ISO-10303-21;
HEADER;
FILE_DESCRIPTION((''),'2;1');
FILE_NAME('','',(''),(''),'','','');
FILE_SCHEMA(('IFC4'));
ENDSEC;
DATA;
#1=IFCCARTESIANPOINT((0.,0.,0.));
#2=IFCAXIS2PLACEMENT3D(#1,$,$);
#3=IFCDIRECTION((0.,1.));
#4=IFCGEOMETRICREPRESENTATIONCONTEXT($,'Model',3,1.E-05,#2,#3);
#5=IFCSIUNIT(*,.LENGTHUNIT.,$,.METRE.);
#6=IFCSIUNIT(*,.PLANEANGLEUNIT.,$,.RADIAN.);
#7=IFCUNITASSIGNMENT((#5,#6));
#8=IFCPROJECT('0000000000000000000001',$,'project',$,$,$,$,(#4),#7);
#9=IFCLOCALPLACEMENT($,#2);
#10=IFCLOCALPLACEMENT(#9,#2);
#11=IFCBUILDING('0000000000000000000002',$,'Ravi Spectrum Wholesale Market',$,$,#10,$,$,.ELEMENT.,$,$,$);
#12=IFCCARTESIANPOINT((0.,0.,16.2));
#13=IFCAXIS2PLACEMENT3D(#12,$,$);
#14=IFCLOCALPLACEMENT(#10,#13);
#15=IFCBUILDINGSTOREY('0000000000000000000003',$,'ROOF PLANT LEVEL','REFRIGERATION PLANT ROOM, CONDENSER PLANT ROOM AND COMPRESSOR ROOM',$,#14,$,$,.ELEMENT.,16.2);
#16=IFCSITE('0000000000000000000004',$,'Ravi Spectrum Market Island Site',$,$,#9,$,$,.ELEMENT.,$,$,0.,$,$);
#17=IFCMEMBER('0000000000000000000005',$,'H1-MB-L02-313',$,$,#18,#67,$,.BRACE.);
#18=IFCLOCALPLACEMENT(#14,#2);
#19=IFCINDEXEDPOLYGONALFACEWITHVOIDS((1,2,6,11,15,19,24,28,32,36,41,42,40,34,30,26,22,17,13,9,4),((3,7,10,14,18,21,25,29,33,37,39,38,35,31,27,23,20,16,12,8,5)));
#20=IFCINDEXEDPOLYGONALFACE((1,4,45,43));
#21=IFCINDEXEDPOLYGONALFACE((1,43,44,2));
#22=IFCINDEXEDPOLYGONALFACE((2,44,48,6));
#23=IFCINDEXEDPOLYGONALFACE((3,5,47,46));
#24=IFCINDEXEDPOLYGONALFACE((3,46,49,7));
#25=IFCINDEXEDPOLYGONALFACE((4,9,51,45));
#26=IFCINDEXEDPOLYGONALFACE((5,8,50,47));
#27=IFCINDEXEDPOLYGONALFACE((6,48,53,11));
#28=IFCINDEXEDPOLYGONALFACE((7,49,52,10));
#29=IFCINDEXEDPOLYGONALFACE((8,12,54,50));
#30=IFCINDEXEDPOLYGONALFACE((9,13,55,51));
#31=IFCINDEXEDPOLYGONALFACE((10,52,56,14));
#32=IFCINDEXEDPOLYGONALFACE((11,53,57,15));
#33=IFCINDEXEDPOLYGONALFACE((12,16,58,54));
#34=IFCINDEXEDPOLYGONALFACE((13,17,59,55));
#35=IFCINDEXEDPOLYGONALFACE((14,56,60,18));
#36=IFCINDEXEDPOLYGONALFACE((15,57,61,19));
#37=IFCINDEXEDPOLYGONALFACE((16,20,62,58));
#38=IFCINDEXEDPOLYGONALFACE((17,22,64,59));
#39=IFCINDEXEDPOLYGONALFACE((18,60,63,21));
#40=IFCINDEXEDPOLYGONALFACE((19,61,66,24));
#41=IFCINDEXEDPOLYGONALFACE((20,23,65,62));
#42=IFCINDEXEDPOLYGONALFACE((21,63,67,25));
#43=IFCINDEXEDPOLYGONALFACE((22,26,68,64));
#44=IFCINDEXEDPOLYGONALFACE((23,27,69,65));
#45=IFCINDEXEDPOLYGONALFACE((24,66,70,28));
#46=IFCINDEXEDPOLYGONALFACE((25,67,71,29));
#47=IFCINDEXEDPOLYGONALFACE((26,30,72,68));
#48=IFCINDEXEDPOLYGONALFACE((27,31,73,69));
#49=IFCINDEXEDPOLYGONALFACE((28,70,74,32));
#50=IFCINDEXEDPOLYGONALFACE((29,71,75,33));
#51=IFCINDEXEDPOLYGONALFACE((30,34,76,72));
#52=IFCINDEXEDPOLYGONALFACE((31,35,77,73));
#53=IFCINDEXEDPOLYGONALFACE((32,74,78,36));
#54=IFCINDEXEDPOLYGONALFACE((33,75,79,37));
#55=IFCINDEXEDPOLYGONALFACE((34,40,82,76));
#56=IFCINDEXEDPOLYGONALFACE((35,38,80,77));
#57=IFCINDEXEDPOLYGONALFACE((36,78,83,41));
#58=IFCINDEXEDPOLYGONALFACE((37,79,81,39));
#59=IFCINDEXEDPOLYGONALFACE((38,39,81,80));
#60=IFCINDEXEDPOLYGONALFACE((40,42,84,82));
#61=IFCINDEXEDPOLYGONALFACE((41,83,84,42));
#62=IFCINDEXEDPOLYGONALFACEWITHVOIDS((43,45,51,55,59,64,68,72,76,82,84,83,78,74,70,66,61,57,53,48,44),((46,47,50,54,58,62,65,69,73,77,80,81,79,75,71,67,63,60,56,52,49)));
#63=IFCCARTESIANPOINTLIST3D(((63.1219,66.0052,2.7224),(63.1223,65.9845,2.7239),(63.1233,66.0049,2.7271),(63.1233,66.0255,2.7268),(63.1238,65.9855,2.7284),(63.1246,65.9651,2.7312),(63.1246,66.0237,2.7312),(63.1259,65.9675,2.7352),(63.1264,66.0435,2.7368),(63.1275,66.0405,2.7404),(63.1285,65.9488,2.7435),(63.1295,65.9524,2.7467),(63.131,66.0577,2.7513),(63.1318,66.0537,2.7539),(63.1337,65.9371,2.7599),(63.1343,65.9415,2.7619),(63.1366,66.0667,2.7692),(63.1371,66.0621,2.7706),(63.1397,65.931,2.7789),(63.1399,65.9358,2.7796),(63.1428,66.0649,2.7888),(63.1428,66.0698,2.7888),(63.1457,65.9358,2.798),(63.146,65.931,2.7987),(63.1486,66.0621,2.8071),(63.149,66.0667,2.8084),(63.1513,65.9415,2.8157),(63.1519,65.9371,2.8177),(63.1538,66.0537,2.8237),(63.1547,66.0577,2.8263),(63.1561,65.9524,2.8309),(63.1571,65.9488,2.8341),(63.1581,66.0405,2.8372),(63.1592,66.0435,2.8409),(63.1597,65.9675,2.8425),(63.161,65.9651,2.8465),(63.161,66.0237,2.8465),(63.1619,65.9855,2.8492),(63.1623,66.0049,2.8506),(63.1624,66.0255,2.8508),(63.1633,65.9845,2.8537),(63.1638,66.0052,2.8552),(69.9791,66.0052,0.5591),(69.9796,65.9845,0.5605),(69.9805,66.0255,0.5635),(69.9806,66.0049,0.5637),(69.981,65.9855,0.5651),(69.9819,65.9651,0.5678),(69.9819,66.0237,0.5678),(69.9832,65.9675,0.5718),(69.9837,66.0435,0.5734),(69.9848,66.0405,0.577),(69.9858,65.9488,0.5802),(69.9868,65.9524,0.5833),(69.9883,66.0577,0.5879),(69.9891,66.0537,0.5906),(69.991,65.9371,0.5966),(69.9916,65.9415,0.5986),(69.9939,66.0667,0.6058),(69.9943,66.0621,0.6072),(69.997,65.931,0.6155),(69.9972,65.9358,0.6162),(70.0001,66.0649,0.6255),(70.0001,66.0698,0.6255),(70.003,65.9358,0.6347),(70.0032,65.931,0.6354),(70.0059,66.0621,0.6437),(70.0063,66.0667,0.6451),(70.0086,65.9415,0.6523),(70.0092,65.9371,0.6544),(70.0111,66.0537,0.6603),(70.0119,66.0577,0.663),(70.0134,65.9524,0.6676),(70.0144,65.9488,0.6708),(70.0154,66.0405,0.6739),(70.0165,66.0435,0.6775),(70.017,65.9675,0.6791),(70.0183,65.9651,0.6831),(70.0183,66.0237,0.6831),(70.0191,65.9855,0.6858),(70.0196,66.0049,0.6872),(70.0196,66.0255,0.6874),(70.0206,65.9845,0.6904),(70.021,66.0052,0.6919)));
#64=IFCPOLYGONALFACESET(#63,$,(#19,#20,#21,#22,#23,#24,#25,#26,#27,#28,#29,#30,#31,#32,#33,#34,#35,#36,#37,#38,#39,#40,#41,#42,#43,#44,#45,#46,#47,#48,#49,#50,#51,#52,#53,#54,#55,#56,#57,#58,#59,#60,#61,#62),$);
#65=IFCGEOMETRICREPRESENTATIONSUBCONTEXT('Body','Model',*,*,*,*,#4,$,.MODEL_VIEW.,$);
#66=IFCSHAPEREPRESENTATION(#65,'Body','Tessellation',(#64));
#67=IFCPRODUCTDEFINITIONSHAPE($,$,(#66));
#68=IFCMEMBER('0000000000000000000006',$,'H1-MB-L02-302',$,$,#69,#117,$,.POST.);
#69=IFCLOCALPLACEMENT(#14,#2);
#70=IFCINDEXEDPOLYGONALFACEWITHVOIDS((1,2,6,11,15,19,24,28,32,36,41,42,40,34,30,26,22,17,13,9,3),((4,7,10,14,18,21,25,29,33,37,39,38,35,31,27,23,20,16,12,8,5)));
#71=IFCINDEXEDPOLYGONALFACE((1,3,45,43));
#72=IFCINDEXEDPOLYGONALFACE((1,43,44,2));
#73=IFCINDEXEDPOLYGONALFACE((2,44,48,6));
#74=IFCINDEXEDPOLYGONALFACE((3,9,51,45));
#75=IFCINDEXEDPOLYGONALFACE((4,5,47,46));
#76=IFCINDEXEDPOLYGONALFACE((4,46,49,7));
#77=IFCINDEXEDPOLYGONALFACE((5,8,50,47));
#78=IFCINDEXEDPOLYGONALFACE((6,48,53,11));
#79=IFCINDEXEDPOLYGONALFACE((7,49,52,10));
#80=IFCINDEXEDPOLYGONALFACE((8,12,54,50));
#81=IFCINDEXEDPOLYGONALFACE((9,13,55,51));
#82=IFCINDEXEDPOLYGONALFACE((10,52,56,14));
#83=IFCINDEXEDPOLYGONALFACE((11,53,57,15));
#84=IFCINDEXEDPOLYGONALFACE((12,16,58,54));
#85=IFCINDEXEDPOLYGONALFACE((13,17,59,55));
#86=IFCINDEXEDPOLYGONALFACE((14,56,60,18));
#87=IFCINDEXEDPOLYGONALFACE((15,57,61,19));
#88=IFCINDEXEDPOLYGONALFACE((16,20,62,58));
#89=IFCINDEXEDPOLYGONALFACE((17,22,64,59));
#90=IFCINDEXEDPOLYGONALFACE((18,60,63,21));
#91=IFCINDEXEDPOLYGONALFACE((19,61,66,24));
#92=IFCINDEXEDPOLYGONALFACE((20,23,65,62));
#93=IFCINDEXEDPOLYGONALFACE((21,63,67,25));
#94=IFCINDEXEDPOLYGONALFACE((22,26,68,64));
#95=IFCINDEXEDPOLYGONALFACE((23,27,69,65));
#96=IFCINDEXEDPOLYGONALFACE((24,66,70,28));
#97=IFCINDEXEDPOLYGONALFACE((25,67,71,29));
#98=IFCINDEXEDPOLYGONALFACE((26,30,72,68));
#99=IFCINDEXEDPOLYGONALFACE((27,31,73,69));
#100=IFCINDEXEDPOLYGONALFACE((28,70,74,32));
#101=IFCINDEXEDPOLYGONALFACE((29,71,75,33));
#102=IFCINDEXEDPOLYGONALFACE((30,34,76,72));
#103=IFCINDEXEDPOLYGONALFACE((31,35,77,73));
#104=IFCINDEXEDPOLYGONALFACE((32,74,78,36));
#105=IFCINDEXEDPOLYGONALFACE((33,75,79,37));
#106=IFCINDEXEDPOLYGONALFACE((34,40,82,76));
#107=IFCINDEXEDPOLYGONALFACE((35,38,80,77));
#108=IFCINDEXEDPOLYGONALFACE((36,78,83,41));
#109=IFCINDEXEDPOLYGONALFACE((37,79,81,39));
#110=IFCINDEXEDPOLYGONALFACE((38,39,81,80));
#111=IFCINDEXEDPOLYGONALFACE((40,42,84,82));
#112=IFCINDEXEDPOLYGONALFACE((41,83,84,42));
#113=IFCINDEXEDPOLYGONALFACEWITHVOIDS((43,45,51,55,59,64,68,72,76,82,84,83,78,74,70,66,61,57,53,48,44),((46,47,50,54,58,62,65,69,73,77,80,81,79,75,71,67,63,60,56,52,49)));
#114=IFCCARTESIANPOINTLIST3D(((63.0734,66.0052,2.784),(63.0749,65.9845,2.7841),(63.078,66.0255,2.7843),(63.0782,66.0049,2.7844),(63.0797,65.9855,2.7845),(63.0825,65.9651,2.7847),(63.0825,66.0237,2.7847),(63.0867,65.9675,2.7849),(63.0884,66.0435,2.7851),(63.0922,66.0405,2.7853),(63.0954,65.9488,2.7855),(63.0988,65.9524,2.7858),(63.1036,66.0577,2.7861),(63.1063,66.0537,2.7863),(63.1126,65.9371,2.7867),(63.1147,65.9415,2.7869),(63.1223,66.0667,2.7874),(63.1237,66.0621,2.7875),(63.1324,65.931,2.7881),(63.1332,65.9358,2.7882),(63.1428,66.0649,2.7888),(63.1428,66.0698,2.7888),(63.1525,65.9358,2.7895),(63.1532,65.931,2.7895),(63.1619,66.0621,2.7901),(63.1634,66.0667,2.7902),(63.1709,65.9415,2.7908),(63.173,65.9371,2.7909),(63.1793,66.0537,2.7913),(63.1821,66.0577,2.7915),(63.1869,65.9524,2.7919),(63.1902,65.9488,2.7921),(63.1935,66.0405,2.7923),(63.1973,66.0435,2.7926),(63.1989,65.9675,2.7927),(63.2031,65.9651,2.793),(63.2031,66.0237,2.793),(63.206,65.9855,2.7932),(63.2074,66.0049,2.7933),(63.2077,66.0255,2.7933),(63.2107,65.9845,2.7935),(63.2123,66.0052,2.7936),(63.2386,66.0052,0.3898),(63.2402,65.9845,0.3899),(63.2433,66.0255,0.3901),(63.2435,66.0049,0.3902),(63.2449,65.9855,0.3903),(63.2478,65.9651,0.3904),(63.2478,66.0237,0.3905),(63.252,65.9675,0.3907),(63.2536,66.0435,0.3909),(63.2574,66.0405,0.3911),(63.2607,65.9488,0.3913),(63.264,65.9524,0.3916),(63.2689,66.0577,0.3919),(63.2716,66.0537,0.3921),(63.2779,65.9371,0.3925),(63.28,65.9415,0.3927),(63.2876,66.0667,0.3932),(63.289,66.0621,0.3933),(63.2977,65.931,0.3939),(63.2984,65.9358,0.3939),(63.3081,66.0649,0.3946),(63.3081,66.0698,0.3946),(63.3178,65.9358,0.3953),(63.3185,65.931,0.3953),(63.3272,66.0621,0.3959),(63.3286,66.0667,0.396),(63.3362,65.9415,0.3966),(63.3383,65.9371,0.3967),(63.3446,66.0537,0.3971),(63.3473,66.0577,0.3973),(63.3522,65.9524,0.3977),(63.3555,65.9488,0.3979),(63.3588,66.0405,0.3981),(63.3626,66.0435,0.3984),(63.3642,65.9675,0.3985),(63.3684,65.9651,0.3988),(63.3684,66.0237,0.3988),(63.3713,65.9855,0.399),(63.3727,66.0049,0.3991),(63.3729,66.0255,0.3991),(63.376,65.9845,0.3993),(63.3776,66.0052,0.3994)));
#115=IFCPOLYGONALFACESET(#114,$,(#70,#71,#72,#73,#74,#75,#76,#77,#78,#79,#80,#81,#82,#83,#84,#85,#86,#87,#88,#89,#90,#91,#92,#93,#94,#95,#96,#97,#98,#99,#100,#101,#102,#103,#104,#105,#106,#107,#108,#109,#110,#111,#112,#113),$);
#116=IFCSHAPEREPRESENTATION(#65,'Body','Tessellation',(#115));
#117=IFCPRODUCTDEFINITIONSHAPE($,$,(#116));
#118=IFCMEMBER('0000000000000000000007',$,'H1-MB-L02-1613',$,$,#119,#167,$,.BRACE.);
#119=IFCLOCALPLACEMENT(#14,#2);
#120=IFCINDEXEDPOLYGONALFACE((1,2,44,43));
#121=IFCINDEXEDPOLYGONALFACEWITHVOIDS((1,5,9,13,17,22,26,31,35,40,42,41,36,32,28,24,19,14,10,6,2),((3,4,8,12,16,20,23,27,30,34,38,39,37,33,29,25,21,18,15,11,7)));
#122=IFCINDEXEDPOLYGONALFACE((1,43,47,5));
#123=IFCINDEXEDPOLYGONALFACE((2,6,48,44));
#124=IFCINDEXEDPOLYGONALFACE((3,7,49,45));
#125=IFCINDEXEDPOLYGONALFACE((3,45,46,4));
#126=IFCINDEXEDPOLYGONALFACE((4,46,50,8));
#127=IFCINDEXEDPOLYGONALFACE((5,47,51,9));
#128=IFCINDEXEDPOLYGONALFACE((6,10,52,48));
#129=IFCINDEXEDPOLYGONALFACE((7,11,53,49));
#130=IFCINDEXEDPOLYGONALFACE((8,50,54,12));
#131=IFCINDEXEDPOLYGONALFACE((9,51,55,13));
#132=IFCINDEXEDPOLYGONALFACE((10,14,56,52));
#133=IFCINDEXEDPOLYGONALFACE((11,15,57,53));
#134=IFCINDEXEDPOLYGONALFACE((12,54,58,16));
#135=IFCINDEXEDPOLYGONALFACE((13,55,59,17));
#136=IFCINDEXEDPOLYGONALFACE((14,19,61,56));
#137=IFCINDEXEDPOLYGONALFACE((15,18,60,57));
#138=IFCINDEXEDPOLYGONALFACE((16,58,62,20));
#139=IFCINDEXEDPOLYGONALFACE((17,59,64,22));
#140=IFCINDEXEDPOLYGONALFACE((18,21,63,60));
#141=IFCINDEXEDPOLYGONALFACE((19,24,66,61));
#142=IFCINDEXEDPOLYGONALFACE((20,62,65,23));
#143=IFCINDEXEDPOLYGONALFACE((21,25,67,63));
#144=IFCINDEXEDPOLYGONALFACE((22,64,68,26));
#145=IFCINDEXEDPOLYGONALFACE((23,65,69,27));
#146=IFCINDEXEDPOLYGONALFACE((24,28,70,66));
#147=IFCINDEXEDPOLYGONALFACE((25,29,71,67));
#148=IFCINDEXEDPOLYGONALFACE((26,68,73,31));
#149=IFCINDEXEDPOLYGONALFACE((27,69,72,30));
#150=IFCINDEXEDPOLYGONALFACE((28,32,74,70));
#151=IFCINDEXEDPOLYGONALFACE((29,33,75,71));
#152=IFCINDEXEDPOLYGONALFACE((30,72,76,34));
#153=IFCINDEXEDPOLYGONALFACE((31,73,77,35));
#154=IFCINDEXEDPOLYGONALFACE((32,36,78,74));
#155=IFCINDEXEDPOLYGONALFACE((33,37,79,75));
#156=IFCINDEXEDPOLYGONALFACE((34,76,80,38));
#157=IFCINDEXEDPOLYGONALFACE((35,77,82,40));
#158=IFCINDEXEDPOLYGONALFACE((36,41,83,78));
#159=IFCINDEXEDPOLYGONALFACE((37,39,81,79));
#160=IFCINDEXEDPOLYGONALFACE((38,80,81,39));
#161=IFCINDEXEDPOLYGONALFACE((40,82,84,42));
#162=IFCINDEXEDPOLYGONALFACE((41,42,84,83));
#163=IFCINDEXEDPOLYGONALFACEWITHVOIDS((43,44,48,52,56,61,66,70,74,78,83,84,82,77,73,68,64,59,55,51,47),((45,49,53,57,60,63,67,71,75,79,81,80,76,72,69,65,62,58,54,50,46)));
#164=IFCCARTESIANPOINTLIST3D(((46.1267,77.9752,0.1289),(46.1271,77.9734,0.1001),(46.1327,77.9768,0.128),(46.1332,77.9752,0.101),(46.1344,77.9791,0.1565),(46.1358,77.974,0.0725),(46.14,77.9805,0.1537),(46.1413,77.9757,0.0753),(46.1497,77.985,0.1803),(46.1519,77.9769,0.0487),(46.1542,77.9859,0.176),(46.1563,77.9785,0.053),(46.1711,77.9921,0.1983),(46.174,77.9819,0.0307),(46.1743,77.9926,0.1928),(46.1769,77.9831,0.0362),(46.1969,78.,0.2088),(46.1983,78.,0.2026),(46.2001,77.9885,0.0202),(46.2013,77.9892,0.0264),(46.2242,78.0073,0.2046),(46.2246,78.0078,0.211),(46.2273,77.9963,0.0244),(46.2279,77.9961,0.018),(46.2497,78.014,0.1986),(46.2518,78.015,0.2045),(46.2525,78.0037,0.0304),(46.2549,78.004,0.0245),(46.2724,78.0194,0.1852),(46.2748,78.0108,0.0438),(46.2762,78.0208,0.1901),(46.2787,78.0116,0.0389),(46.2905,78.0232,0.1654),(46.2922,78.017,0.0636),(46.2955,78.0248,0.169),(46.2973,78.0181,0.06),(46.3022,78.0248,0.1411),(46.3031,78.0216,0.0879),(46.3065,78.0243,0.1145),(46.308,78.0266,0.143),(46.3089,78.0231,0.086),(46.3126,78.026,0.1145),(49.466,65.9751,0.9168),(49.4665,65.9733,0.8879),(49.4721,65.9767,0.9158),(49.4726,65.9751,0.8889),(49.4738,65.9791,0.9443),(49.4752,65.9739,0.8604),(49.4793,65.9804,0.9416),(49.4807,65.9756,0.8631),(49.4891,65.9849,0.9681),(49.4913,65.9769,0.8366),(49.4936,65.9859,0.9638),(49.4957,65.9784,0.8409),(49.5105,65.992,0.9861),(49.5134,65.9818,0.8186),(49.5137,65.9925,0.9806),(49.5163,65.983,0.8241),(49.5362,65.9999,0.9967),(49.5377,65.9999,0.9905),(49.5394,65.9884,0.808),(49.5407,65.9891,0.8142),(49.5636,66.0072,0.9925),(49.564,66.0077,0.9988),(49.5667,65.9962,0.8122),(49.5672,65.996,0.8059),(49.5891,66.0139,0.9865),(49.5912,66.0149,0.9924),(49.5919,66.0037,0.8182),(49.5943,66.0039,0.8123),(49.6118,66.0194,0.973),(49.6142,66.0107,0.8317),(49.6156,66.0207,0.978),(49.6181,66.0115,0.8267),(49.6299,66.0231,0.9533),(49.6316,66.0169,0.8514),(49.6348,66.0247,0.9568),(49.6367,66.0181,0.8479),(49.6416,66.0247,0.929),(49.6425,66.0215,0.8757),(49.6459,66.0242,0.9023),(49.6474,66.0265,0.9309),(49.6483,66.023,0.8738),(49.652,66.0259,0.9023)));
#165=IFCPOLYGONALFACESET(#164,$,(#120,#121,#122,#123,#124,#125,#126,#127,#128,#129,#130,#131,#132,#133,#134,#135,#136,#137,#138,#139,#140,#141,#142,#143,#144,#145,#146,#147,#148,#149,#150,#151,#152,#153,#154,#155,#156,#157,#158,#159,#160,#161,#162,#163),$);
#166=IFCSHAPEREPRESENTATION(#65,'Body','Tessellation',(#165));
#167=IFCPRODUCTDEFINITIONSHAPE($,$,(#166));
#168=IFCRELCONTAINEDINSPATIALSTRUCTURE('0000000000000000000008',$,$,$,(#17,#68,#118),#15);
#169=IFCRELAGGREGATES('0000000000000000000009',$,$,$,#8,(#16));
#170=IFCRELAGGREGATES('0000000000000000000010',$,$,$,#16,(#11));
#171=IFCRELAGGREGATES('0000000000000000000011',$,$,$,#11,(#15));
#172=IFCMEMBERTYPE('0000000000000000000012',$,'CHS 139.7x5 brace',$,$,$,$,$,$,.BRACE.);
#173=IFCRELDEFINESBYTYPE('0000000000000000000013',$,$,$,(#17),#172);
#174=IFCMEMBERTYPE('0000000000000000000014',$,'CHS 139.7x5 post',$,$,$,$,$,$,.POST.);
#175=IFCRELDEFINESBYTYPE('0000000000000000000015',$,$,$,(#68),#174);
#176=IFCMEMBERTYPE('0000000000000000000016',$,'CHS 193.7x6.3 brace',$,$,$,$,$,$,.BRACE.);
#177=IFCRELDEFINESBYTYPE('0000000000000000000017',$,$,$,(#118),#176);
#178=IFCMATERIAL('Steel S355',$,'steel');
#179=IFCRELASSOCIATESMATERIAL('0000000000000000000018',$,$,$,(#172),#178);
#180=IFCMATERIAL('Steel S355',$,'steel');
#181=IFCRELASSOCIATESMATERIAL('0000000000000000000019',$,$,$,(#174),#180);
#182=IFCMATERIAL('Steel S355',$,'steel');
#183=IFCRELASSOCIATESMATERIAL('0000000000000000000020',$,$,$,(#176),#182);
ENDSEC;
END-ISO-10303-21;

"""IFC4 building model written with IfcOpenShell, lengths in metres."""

from ifc_helpers import new_model, si_unit, direction, frame, origin, origin_2d, place, context, subcontext, project, spatial, hollow_circle, extrude, material, material_profile, profile_set, type_object, element, save


model = new_model("IFC4")

# Units and contexts
model_context = context("Model", 3, precision=1e-05, world=origin(), true_north=direction((0.0, 1.0)))
body_context = subcontext(model_context, "Body", "Model", "MODEL_VIEW")
ifc_project = project(units=[si_unit("LENGTHUNIT", "METRE"), si_unit("PLANEANGLEUNIT", "RADIAN")], contexts=[model_context])

# Site, building, storey
site_placement = place(None, origin())
site = spatial("IfcSite", under=ifc_project, at=site_placement, Name="Ravi Spectrum Market Island Site", CompositionType="ELEMENT", RefElevation=0.0)
building_placement = place(site_placement, origin())
building = spatial("IfcBuilding", under=site, at=building_placement, Name="Ravi Spectrum Wholesale Market", CompositionType="ELEMENT")
storey_placement = place(building_placement, frame((0.0, 0.0, 16.2)))
storey = spatial("IfcBuildingStorey", under=building, at=storey_placement, Name="ROOF PLANT LEVEL", Description="REFRIGERATION PLANT ROOM, CONDENSER PLANT ROOM AND COMPRESSOR ROOM", CompositionType="ELEMENT", Elevation=16.2)

# Members
ifc_material_1 = material(Name="Steel S355", Category="steel")
ifc_material_profile_1 = material_profile(ifc_material_1, hollow_circle(Radius=0.0698, WallThickness=0.0049, at=origin_2d()))
ifc_profile_set_1 = profile_set([ifc_material_profile_1], Name="Steel S355")
member_type_1 = type_object("IfcMemberType", Name="CHS 139.7x5 brace", PredefinedType="BRACE", material=ifc_profile_set_1)
member_1_placement = place(storey_placement, frame((63.1428, 66.0, 2.7888), z_axis=(0.953666, 0.0, -0.300866), x_axis=(0.0, 1.0, 0.0)))
element("IfcMember", 1, at=member_1_placement, inside=storey, type_object=member_type_1, Name="H1-MB-L02-313", PredefinedType="BRACE", context=body_context, shape_type="SweptSolid", body=[
    extrude(hollow_circle(Radius=0.0698, WallThickness=0.0049, at=origin_2d()), origin(), (0.0, 0.0, 1.0), 7.1904),
])
ifc_material_2 = material(Name="Steel S355", Category="steel")
ifc_material_profile_2 = material_profile(ifc_material_2, hollow_circle(Radius=0.0698, WallThickness=0.0049, at=origin_2d()))
ifc_profile_set_2 = profile_set([ifc_material_profile_2], Name="Steel S355")
member_type_2 = type_object("IfcMemberType", Name="CHS 139.7x5 post", PredefinedType="POST", material=ifc_profile_set_2)
member_2_placement = place(storey_placement, frame((63.1428, 66.0, 2.7888), z_axis=(0.068868, 0.0, -0.997626), x_axis=(0.0, 1.0, 0.0)))
element("IfcMember", 2, at=member_2_placement, inside=storey, type_object=member_type_2, Name="H1-MB-L02-302", PredefinedType="POST", context=body_context, shape_type="SweptSolid", body=[
    extrude(hollow_circle(Radius=0.0698, WallThickness=0.0049, at=origin_2d()), origin(), (0.0, 0.0, 1.0), 2.3999),
])
ifc_material_3 = material(Name="Steel S355", Category="steel")
ifc_material_profile_3 = material_profile(ifc_material_3, hollow_circle(Radius=0.0969, WallThickness=0.0063, at=origin_2d()))
ifc_profile_set_3 = profile_set([ifc_material_profile_3], Name="Steel S355")
member_type_3 = type_object("IfcMemberType", Name="CHS 193.7x6.3 brace", PredefinedType="BRACE", material=ifc_profile_set_3)
member_3_placement = place(storey_placement, frame((46.2192, 78.0, 0.1145), z_axis=(0.267558, -0.961472, 0.063124), x_axis=(0.963393, 0.268093, 0.0)))
element("IfcMember", 3, at=member_3_placement, inside=storey, type_object=member_type_3, Name="H1-MB-L02-1613", PredefinedType="BRACE", context=body_context, shape_type="SweptSolid", body=[
    extrude(hollow_circle(Radius=0.0969, WallThickness=0.0063, at=origin_2d()), origin(), (0.0, 0.0, 1.0), 12.481),
])

save(model, "model.ifc")
